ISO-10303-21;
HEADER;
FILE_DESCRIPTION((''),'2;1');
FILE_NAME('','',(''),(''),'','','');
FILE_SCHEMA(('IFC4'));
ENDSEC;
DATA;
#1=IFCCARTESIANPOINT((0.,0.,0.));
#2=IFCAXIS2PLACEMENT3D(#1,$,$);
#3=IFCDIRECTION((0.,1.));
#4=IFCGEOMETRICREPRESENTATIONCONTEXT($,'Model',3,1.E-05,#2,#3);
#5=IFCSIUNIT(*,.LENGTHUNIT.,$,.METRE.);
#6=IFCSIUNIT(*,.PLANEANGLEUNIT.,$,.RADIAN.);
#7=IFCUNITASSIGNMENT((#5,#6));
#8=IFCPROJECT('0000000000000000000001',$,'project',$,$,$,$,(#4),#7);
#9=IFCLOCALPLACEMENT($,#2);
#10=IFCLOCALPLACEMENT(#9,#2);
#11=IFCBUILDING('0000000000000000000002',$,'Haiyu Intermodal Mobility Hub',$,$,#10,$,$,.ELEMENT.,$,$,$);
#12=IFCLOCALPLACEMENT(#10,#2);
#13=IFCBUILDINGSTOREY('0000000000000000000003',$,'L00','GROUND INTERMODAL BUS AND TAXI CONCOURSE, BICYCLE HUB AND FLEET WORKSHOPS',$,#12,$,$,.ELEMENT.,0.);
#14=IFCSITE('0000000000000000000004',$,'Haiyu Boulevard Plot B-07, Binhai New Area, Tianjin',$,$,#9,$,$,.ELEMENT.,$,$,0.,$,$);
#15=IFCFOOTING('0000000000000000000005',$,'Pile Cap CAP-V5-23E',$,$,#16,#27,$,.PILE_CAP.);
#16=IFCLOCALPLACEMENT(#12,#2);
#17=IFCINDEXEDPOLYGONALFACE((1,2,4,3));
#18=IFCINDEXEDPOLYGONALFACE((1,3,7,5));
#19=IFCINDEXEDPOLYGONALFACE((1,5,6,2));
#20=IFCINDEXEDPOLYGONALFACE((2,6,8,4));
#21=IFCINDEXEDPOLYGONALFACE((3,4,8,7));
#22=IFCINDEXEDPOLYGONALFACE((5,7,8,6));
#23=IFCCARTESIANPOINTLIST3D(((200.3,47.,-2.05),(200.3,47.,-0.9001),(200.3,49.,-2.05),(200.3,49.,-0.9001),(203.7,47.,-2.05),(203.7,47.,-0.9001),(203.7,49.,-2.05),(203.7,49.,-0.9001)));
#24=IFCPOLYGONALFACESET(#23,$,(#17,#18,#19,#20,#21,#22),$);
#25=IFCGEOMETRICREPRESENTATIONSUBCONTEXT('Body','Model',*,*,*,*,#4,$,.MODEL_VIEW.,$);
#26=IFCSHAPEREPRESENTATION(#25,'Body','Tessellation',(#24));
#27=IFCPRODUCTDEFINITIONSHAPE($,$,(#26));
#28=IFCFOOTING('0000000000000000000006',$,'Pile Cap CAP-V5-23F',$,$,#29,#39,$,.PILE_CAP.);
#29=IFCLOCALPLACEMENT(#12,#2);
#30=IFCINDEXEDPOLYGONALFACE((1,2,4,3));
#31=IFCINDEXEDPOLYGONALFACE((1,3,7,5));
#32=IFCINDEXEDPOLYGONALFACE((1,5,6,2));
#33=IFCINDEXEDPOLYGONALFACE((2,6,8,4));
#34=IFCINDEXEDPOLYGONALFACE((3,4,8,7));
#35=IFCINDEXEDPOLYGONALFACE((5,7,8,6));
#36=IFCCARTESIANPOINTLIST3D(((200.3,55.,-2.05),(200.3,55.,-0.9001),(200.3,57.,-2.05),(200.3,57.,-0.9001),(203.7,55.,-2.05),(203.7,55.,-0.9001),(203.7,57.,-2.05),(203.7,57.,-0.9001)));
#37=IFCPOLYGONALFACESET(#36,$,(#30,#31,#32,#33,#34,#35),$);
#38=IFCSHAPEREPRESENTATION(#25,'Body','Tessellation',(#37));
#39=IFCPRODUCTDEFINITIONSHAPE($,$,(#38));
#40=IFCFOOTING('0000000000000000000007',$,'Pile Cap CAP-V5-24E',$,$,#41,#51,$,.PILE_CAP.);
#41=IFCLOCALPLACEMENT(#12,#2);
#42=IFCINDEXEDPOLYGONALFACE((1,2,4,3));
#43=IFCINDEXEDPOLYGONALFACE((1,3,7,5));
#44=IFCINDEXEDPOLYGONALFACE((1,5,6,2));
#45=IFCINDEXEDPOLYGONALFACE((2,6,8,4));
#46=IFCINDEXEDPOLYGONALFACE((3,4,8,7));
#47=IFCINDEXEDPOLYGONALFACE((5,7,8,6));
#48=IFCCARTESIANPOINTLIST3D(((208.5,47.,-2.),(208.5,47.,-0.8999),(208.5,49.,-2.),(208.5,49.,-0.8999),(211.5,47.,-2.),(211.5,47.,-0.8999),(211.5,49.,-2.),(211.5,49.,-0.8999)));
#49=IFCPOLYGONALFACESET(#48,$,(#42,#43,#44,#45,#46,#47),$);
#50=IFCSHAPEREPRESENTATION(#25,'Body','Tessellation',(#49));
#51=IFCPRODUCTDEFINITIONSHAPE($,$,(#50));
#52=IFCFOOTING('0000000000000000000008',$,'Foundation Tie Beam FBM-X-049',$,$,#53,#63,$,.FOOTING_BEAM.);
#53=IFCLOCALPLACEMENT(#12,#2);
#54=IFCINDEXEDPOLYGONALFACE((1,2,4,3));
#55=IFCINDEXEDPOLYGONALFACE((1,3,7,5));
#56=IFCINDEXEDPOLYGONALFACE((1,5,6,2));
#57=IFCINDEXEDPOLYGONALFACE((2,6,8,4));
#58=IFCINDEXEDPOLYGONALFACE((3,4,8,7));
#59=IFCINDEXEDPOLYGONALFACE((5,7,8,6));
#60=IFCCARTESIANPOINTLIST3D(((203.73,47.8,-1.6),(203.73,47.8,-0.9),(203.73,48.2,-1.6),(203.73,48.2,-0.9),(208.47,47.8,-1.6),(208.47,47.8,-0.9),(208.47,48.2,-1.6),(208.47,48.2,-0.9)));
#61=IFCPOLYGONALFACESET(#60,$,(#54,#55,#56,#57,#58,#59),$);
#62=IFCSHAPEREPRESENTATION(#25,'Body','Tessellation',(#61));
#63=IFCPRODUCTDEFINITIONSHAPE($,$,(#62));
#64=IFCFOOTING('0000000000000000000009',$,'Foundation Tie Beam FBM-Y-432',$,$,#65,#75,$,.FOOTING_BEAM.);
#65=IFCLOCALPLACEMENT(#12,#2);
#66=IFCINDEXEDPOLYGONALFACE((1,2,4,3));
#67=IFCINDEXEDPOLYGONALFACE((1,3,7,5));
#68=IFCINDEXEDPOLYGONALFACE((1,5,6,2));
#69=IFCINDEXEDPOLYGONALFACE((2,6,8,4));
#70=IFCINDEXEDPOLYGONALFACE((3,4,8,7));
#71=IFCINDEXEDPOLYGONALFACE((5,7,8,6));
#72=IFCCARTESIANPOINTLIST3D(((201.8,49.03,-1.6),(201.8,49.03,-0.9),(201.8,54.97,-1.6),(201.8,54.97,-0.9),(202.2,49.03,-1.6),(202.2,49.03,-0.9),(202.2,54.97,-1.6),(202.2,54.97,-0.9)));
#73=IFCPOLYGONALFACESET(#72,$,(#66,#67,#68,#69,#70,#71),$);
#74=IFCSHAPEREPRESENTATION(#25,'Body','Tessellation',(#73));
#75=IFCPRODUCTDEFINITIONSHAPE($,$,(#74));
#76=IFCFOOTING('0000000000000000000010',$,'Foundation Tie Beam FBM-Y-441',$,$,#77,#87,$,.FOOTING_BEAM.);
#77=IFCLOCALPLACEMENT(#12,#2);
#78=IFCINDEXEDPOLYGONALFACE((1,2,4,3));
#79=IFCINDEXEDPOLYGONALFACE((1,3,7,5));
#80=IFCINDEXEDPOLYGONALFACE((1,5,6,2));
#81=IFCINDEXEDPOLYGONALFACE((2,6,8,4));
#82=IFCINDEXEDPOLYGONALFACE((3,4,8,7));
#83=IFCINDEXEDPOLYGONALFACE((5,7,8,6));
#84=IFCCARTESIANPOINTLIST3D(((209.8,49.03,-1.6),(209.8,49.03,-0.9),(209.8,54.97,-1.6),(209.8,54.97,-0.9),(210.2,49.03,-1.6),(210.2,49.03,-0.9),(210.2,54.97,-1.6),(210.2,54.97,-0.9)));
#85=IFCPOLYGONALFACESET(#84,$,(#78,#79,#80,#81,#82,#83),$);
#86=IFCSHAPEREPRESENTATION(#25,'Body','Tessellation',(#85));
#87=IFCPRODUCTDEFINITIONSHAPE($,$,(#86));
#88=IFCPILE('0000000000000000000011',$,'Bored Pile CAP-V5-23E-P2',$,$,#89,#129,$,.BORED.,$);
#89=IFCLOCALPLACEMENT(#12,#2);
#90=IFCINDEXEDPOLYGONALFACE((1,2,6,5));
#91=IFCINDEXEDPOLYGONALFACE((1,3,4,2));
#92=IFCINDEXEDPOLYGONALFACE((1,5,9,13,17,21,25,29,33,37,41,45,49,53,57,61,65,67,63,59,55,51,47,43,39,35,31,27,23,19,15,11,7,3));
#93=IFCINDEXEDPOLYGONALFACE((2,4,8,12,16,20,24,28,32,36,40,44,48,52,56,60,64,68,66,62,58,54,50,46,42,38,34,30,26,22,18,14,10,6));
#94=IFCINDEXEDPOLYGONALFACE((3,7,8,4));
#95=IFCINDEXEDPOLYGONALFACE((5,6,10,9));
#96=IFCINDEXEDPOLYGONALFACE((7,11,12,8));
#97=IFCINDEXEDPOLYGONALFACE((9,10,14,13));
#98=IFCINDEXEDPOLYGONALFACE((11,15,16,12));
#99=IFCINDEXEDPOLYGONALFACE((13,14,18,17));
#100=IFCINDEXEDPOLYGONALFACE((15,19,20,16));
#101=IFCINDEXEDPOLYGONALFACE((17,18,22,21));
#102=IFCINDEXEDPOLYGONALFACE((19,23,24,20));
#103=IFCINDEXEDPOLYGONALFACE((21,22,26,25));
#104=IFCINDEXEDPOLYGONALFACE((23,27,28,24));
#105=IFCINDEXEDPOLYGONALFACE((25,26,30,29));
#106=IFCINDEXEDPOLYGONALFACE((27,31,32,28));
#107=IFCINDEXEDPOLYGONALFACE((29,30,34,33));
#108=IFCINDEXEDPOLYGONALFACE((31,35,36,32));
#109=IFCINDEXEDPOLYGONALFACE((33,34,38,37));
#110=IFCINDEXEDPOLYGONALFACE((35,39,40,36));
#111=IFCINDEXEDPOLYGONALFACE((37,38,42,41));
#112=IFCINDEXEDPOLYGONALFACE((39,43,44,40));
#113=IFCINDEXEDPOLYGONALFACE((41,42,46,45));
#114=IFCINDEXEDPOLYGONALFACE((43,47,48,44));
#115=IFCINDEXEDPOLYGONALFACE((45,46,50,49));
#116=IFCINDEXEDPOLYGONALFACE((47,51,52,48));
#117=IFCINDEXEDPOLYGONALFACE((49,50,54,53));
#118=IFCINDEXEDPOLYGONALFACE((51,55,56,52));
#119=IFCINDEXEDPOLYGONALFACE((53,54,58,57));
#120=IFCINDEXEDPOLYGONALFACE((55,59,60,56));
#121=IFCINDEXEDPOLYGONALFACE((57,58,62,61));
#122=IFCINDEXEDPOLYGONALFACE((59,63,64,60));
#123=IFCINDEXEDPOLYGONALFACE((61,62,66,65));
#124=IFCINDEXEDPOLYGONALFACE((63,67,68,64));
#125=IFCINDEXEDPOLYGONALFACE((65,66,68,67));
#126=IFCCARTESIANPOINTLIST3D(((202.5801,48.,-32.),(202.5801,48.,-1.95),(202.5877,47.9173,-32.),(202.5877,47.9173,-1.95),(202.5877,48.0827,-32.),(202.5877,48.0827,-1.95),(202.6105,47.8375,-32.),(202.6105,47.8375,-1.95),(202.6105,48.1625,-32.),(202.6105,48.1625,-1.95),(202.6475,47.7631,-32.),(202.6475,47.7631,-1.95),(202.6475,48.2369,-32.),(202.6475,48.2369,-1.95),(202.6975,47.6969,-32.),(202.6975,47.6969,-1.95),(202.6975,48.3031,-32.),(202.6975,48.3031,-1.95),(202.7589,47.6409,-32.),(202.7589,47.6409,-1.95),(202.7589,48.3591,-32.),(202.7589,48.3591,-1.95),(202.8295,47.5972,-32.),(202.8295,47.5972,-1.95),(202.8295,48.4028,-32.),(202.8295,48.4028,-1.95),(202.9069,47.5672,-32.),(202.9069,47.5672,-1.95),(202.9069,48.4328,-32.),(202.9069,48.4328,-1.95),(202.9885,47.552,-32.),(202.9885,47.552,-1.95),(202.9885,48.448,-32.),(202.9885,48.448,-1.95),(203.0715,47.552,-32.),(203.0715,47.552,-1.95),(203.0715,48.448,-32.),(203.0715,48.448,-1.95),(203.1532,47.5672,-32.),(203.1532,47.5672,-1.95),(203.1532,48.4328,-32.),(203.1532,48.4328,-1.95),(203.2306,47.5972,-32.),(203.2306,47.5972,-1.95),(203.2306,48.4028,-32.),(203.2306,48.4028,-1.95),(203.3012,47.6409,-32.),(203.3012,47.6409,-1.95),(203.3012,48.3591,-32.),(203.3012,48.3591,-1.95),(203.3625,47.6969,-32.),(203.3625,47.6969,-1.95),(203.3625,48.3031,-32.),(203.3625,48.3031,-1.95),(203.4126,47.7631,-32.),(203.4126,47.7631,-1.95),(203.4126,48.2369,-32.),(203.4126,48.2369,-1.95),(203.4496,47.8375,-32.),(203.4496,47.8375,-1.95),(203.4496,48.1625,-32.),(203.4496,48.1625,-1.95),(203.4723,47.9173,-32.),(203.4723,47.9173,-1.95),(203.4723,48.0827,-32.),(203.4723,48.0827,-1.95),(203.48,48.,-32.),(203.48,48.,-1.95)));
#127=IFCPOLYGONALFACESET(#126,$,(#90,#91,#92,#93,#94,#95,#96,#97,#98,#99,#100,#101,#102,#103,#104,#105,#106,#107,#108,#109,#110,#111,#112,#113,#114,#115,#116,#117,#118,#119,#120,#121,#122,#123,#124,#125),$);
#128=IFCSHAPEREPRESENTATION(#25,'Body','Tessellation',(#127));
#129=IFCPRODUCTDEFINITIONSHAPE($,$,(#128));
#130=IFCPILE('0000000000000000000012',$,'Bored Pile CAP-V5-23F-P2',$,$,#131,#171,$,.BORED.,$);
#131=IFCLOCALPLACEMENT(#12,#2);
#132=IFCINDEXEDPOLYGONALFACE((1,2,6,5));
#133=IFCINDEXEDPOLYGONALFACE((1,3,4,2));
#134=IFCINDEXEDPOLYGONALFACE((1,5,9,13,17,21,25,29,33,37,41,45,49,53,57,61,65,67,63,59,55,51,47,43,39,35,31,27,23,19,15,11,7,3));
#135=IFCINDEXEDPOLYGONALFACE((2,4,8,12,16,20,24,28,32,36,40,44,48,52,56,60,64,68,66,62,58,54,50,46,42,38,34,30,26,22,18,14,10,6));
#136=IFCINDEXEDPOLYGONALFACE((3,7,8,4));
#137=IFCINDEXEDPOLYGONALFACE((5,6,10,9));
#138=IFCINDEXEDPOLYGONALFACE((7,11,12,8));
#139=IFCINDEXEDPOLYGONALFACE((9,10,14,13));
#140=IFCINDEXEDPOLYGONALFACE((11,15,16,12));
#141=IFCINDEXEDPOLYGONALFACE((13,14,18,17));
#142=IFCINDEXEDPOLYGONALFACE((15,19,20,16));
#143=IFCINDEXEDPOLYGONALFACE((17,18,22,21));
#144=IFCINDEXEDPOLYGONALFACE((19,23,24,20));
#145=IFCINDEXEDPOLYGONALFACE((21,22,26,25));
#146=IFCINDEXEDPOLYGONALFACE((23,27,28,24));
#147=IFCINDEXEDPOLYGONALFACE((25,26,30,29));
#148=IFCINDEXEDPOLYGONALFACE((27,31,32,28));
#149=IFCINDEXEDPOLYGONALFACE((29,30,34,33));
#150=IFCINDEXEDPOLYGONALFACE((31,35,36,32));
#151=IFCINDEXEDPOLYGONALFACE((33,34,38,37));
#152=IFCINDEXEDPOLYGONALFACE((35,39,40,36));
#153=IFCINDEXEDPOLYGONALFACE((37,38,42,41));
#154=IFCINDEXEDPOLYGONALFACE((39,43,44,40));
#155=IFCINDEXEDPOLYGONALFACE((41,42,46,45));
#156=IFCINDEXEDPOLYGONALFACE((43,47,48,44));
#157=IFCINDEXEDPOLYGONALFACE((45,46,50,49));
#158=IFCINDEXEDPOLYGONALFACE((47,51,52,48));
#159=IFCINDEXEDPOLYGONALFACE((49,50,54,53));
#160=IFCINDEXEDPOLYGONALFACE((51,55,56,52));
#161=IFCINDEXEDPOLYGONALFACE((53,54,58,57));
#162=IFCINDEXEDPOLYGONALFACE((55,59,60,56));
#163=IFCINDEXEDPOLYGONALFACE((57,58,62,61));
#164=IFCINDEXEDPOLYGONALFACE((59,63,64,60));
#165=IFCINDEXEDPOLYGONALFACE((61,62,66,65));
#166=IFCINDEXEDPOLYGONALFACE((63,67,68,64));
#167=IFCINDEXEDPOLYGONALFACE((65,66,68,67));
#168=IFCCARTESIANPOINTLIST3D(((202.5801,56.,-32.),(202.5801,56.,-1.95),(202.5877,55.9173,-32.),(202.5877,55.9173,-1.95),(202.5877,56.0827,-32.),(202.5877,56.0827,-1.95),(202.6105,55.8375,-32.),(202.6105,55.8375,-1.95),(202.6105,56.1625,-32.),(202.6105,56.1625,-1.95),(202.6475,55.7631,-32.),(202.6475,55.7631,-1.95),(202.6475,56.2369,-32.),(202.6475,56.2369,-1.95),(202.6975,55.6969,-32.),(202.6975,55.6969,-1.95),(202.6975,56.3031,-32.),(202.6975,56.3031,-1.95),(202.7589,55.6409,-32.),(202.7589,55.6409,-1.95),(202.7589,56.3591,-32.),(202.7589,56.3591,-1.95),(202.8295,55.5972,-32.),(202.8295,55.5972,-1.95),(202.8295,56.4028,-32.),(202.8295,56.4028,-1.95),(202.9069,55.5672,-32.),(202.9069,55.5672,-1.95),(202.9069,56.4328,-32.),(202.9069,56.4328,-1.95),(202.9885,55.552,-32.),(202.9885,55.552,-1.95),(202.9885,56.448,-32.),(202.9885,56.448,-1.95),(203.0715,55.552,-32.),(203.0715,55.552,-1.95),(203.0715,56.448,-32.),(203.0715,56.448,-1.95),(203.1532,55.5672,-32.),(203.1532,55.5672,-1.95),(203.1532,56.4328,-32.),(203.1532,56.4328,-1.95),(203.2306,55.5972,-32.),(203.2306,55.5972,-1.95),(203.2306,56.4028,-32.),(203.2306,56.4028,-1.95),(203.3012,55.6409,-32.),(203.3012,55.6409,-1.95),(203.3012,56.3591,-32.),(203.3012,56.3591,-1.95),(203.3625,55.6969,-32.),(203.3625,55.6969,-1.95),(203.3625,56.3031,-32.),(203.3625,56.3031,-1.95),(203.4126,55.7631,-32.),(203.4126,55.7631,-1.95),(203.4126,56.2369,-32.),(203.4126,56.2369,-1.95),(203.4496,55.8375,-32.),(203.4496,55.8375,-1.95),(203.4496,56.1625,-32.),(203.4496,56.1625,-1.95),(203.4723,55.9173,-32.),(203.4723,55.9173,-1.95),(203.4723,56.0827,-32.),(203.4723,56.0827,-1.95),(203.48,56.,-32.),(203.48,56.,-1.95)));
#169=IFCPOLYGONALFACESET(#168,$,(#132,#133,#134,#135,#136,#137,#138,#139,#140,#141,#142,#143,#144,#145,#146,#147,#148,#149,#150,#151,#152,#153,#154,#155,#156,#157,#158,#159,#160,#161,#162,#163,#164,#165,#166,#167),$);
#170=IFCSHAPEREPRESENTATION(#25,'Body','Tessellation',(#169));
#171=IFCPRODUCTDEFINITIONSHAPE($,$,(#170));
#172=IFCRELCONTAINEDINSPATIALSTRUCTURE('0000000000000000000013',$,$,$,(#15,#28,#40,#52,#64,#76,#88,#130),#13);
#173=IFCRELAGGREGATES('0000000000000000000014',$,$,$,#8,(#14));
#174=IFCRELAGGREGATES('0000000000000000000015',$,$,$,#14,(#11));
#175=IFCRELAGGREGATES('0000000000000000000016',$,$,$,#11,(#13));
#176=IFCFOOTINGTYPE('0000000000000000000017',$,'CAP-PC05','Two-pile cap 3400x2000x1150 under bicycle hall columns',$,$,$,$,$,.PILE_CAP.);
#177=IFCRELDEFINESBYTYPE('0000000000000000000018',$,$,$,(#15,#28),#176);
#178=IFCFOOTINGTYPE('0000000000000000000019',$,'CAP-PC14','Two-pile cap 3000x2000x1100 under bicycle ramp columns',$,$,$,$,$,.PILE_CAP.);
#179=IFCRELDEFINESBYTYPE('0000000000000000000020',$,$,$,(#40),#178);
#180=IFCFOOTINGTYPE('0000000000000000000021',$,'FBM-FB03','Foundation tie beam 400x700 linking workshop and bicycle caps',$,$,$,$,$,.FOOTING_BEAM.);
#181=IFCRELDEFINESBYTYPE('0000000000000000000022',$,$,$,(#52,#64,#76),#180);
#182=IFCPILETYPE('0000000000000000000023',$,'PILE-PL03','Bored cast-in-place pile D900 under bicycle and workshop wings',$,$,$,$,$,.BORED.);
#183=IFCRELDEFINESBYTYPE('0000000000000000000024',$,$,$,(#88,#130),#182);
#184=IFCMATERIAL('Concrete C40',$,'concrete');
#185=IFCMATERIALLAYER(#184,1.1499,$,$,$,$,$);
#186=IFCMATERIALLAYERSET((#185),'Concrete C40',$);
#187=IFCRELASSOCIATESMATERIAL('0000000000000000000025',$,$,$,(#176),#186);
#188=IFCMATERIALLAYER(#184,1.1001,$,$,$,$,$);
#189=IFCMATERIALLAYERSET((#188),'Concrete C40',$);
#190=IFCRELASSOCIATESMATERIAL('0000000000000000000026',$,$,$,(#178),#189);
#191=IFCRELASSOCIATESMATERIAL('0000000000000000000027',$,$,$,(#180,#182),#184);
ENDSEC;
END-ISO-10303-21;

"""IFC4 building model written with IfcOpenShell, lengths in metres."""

from ifc_helpers import new_model, si_unit, direction, frame, origin, origin_2d, place, context, subcontext, project, spatial, rectangle, circle, extrude, material, layer, layer_set, material_profile, profile_set, type_object, element, save


model = new_model("IFC4")

# Units and contexts
model_context = context("Model", 3, precision=1e-05, world=origin(), true_north=direction((0.0, 1.0)))
body_context = subcontext(model_context, "Body", "Model", "MODEL_VIEW")
ifc_project = project(units=[si_unit("LENGTHUNIT", "METRE"), si_unit("PLANEANGLEUNIT", "RADIAN")], contexts=[model_context])

# Site, building, storey
site_placement = place(None, origin())
site = spatial("IfcSite", under=ifc_project, at=site_placement, Name="Haiyu Boulevard Plot B-07, Binhai New Area, Tianjin", CompositionType="ELEMENT", RefElevation=0.0)
building_placement = place(site_placement, origin())
building = spatial("IfcBuilding", under=site, at=building_placement, Name="Haiyu Intermodal Mobility Hub", CompositionType="ELEMENT")
storey_placement = place(building_placement, origin())
storey = spatial("IfcBuildingStorey", under=building, at=storey_placement, Name="L00", Description="GROUND INTERMODAL BUS AND TAXI CONCOURSE, BICYCLE HUB AND FLEET WORKSHOPS", CompositionType="ELEMENT", Elevation=0.0)

# Footings
ifc_material_1 = material(Name="Concrete C40", Category="concrete")
ifc_layer_1 = layer(ifc_material_1, 1.1499)
ifc_layer_set_1 = layer_set([ifc_layer_1], Name="Concrete C40")
footing_type_1 = type_object("IfcFootingType", Name="CAP-PC05", Description="Two-pile cap 3400x2000x1150 under bicycle hall columns", PredefinedType="PILE_CAP", material=ifc_layer_set_1)
for number, where, z_axis, x_axis, name in (
    (1, (202.0, 48.0, -2.05), (0.0, 0.0, 1.0), (1.0, 0.0, 0.0), "Pile Cap CAP-V5-23E"),
    (2, (202.0, 56.0, -2.05), (0.0, 0.0, 1.0), (1.0, 0.0, 0.0), "Pile Cap CAP-V5-23F"),
):
    element("IfcFooting", number, at=place(storey_placement, frame(where, z_axis=z_axis, x_axis=x_axis)), inside=storey, type_object=footing_type_1, Name=name, PredefinedType="PILE_CAP", context=body_context, shape_type="SweptSolid", body=[
        extrude(rectangle(XDim=3.3999, YDim=2.0, at=origin_2d()), origin(), (0.0, 0.0, 1.0), 1.1499),
    ])
ifc_layer_2 = layer(ifc_material_1, 1.1001)
ifc_layer_set_2 = layer_set([ifc_layer_2], Name="Concrete C40")
footing_type_2 = type_object("IfcFootingType", Name="CAP-PC14", Description="Two-pile cap 3000x2000x1100 under bicycle ramp columns", PredefinedType="PILE_CAP", material=ifc_layer_set_2)
footing_1_placement = place(storey_placement, frame((210.0, 48.0, -2.0), z_axis=(0.0, 0.0, 1.0), x_axis=(1.0, 0.0, 0.0)))
element("IfcFooting", 3, at=footing_1_placement, inside=storey, type_object=footing_type_2, Name="Pile Cap CAP-V5-24E", PredefinedType="PILE_CAP", context=body_context, shape_type="SweptSolid", body=[
    extrude(rectangle(XDim=3.0, YDim=2.0, at=origin_2d()), origin(), (0.0, 0.0, 1.0), 1.1001),
])
ifc_material_profile_1 = material_profile(ifc_material_1, rectangle(XDim=0.3999, YDim=0.7, at=origin_2d()), Name="FB400x700")
ifc_profile_set_1 = profile_set([ifc_material_profile_1], Name="Concrete C40")
footing_type_3 = type_object("IfcFootingType", Name="FBM-FB03", Description="Foundation tie beam 400x700 linking workshop and bicycle caps", PredefinedType="FOOTING_BEAM", material=ifc_profile_set_1)
footing_2_placement = place(storey_placement, frame((203.73, 48.0, -1.25), z_axis=(1.0, 0.0, 0.0), x_axis=(0.0, 1.0, 0.0)))
element("IfcFooting", 4, at=footing_2_placement, inside=storey, type_object=footing_type_3, Name="Foundation Tie Beam FBM-X-049", PredefinedType="FOOTING_BEAM", context=body_context, shape_type="SweptSolid", body=[
    extrude(rectangle(XDim=0.3999, YDim=0.7, at=origin_2d()), origin(), (0.0, 0.0, 1.0), 4.74),
])
for number, where, z_axis, x_axis, name in (
    (5, (202.0, 49.03, -1.25), (0.0, 1.0, 0.0), (-1.0, 0.0, 0.0), "Foundation Tie Beam FBM-Y-432"),
    (6, (210.0, 49.03, -1.25), (0.0, 1.0, 0.0), (-1.0, 0.0, 0.0), "Foundation Tie Beam FBM-Y-441"),
):
    element("IfcFooting", number, at=place(storey_placement, frame(where, z_axis=z_axis, x_axis=x_axis)), inside=storey, type_object=footing_type_3, Name=name, PredefinedType="FOOTING_BEAM", context=body_context, shape_type="SweptSolid", body=[
        extrude(rectangle(XDim=0.3999, YDim=0.7, at=origin_2d()), origin(), (0.0, 0.0, 1.0), 5.9399),
    ])

# Piles
ifc_material_profile_2 = material_profile(ifc_material_1, circle(Radius=0.45, at=origin_2d()), Name="PILE-D900")
ifc_profile_set_2 = profile_set([ifc_material_profile_2], Name="Concrete C40")
pile_type = type_object("IfcPileType", Name="PILE-PL03", Description="Bored cast-in-place pile D900 under bicycle and workshop wings", PredefinedType="BORED", material=ifc_profile_set_2)
for number, where, z_axis, x_axis, name in (
    (7, (203.03, 48.0, -1.95), (0.0, 0.0, -1.0), (1.0, 0.0, 0.0), "Bored Pile CAP-V5-23E-P2"),
    (8, (203.03, 56.0, -1.95), (0.0, 0.0, -1.0), (1.0, 0.0, 0.0), "Bored Pile CAP-V5-23F-P2"),
):
    element("IfcPile", number, at=place(storey_placement, frame(where, z_axis=z_axis, x_axis=x_axis)), inside=storey, type_object=pile_type, Name=name, PredefinedType="BORED", context=body_context, shape_type="SweptSolid", body=[
        extrude(circle(Radius=0.45, at=origin_2d()), origin(), (0.0, 0.0, 1.0), 30.05),
    ])

save(model, "model.ifc")
